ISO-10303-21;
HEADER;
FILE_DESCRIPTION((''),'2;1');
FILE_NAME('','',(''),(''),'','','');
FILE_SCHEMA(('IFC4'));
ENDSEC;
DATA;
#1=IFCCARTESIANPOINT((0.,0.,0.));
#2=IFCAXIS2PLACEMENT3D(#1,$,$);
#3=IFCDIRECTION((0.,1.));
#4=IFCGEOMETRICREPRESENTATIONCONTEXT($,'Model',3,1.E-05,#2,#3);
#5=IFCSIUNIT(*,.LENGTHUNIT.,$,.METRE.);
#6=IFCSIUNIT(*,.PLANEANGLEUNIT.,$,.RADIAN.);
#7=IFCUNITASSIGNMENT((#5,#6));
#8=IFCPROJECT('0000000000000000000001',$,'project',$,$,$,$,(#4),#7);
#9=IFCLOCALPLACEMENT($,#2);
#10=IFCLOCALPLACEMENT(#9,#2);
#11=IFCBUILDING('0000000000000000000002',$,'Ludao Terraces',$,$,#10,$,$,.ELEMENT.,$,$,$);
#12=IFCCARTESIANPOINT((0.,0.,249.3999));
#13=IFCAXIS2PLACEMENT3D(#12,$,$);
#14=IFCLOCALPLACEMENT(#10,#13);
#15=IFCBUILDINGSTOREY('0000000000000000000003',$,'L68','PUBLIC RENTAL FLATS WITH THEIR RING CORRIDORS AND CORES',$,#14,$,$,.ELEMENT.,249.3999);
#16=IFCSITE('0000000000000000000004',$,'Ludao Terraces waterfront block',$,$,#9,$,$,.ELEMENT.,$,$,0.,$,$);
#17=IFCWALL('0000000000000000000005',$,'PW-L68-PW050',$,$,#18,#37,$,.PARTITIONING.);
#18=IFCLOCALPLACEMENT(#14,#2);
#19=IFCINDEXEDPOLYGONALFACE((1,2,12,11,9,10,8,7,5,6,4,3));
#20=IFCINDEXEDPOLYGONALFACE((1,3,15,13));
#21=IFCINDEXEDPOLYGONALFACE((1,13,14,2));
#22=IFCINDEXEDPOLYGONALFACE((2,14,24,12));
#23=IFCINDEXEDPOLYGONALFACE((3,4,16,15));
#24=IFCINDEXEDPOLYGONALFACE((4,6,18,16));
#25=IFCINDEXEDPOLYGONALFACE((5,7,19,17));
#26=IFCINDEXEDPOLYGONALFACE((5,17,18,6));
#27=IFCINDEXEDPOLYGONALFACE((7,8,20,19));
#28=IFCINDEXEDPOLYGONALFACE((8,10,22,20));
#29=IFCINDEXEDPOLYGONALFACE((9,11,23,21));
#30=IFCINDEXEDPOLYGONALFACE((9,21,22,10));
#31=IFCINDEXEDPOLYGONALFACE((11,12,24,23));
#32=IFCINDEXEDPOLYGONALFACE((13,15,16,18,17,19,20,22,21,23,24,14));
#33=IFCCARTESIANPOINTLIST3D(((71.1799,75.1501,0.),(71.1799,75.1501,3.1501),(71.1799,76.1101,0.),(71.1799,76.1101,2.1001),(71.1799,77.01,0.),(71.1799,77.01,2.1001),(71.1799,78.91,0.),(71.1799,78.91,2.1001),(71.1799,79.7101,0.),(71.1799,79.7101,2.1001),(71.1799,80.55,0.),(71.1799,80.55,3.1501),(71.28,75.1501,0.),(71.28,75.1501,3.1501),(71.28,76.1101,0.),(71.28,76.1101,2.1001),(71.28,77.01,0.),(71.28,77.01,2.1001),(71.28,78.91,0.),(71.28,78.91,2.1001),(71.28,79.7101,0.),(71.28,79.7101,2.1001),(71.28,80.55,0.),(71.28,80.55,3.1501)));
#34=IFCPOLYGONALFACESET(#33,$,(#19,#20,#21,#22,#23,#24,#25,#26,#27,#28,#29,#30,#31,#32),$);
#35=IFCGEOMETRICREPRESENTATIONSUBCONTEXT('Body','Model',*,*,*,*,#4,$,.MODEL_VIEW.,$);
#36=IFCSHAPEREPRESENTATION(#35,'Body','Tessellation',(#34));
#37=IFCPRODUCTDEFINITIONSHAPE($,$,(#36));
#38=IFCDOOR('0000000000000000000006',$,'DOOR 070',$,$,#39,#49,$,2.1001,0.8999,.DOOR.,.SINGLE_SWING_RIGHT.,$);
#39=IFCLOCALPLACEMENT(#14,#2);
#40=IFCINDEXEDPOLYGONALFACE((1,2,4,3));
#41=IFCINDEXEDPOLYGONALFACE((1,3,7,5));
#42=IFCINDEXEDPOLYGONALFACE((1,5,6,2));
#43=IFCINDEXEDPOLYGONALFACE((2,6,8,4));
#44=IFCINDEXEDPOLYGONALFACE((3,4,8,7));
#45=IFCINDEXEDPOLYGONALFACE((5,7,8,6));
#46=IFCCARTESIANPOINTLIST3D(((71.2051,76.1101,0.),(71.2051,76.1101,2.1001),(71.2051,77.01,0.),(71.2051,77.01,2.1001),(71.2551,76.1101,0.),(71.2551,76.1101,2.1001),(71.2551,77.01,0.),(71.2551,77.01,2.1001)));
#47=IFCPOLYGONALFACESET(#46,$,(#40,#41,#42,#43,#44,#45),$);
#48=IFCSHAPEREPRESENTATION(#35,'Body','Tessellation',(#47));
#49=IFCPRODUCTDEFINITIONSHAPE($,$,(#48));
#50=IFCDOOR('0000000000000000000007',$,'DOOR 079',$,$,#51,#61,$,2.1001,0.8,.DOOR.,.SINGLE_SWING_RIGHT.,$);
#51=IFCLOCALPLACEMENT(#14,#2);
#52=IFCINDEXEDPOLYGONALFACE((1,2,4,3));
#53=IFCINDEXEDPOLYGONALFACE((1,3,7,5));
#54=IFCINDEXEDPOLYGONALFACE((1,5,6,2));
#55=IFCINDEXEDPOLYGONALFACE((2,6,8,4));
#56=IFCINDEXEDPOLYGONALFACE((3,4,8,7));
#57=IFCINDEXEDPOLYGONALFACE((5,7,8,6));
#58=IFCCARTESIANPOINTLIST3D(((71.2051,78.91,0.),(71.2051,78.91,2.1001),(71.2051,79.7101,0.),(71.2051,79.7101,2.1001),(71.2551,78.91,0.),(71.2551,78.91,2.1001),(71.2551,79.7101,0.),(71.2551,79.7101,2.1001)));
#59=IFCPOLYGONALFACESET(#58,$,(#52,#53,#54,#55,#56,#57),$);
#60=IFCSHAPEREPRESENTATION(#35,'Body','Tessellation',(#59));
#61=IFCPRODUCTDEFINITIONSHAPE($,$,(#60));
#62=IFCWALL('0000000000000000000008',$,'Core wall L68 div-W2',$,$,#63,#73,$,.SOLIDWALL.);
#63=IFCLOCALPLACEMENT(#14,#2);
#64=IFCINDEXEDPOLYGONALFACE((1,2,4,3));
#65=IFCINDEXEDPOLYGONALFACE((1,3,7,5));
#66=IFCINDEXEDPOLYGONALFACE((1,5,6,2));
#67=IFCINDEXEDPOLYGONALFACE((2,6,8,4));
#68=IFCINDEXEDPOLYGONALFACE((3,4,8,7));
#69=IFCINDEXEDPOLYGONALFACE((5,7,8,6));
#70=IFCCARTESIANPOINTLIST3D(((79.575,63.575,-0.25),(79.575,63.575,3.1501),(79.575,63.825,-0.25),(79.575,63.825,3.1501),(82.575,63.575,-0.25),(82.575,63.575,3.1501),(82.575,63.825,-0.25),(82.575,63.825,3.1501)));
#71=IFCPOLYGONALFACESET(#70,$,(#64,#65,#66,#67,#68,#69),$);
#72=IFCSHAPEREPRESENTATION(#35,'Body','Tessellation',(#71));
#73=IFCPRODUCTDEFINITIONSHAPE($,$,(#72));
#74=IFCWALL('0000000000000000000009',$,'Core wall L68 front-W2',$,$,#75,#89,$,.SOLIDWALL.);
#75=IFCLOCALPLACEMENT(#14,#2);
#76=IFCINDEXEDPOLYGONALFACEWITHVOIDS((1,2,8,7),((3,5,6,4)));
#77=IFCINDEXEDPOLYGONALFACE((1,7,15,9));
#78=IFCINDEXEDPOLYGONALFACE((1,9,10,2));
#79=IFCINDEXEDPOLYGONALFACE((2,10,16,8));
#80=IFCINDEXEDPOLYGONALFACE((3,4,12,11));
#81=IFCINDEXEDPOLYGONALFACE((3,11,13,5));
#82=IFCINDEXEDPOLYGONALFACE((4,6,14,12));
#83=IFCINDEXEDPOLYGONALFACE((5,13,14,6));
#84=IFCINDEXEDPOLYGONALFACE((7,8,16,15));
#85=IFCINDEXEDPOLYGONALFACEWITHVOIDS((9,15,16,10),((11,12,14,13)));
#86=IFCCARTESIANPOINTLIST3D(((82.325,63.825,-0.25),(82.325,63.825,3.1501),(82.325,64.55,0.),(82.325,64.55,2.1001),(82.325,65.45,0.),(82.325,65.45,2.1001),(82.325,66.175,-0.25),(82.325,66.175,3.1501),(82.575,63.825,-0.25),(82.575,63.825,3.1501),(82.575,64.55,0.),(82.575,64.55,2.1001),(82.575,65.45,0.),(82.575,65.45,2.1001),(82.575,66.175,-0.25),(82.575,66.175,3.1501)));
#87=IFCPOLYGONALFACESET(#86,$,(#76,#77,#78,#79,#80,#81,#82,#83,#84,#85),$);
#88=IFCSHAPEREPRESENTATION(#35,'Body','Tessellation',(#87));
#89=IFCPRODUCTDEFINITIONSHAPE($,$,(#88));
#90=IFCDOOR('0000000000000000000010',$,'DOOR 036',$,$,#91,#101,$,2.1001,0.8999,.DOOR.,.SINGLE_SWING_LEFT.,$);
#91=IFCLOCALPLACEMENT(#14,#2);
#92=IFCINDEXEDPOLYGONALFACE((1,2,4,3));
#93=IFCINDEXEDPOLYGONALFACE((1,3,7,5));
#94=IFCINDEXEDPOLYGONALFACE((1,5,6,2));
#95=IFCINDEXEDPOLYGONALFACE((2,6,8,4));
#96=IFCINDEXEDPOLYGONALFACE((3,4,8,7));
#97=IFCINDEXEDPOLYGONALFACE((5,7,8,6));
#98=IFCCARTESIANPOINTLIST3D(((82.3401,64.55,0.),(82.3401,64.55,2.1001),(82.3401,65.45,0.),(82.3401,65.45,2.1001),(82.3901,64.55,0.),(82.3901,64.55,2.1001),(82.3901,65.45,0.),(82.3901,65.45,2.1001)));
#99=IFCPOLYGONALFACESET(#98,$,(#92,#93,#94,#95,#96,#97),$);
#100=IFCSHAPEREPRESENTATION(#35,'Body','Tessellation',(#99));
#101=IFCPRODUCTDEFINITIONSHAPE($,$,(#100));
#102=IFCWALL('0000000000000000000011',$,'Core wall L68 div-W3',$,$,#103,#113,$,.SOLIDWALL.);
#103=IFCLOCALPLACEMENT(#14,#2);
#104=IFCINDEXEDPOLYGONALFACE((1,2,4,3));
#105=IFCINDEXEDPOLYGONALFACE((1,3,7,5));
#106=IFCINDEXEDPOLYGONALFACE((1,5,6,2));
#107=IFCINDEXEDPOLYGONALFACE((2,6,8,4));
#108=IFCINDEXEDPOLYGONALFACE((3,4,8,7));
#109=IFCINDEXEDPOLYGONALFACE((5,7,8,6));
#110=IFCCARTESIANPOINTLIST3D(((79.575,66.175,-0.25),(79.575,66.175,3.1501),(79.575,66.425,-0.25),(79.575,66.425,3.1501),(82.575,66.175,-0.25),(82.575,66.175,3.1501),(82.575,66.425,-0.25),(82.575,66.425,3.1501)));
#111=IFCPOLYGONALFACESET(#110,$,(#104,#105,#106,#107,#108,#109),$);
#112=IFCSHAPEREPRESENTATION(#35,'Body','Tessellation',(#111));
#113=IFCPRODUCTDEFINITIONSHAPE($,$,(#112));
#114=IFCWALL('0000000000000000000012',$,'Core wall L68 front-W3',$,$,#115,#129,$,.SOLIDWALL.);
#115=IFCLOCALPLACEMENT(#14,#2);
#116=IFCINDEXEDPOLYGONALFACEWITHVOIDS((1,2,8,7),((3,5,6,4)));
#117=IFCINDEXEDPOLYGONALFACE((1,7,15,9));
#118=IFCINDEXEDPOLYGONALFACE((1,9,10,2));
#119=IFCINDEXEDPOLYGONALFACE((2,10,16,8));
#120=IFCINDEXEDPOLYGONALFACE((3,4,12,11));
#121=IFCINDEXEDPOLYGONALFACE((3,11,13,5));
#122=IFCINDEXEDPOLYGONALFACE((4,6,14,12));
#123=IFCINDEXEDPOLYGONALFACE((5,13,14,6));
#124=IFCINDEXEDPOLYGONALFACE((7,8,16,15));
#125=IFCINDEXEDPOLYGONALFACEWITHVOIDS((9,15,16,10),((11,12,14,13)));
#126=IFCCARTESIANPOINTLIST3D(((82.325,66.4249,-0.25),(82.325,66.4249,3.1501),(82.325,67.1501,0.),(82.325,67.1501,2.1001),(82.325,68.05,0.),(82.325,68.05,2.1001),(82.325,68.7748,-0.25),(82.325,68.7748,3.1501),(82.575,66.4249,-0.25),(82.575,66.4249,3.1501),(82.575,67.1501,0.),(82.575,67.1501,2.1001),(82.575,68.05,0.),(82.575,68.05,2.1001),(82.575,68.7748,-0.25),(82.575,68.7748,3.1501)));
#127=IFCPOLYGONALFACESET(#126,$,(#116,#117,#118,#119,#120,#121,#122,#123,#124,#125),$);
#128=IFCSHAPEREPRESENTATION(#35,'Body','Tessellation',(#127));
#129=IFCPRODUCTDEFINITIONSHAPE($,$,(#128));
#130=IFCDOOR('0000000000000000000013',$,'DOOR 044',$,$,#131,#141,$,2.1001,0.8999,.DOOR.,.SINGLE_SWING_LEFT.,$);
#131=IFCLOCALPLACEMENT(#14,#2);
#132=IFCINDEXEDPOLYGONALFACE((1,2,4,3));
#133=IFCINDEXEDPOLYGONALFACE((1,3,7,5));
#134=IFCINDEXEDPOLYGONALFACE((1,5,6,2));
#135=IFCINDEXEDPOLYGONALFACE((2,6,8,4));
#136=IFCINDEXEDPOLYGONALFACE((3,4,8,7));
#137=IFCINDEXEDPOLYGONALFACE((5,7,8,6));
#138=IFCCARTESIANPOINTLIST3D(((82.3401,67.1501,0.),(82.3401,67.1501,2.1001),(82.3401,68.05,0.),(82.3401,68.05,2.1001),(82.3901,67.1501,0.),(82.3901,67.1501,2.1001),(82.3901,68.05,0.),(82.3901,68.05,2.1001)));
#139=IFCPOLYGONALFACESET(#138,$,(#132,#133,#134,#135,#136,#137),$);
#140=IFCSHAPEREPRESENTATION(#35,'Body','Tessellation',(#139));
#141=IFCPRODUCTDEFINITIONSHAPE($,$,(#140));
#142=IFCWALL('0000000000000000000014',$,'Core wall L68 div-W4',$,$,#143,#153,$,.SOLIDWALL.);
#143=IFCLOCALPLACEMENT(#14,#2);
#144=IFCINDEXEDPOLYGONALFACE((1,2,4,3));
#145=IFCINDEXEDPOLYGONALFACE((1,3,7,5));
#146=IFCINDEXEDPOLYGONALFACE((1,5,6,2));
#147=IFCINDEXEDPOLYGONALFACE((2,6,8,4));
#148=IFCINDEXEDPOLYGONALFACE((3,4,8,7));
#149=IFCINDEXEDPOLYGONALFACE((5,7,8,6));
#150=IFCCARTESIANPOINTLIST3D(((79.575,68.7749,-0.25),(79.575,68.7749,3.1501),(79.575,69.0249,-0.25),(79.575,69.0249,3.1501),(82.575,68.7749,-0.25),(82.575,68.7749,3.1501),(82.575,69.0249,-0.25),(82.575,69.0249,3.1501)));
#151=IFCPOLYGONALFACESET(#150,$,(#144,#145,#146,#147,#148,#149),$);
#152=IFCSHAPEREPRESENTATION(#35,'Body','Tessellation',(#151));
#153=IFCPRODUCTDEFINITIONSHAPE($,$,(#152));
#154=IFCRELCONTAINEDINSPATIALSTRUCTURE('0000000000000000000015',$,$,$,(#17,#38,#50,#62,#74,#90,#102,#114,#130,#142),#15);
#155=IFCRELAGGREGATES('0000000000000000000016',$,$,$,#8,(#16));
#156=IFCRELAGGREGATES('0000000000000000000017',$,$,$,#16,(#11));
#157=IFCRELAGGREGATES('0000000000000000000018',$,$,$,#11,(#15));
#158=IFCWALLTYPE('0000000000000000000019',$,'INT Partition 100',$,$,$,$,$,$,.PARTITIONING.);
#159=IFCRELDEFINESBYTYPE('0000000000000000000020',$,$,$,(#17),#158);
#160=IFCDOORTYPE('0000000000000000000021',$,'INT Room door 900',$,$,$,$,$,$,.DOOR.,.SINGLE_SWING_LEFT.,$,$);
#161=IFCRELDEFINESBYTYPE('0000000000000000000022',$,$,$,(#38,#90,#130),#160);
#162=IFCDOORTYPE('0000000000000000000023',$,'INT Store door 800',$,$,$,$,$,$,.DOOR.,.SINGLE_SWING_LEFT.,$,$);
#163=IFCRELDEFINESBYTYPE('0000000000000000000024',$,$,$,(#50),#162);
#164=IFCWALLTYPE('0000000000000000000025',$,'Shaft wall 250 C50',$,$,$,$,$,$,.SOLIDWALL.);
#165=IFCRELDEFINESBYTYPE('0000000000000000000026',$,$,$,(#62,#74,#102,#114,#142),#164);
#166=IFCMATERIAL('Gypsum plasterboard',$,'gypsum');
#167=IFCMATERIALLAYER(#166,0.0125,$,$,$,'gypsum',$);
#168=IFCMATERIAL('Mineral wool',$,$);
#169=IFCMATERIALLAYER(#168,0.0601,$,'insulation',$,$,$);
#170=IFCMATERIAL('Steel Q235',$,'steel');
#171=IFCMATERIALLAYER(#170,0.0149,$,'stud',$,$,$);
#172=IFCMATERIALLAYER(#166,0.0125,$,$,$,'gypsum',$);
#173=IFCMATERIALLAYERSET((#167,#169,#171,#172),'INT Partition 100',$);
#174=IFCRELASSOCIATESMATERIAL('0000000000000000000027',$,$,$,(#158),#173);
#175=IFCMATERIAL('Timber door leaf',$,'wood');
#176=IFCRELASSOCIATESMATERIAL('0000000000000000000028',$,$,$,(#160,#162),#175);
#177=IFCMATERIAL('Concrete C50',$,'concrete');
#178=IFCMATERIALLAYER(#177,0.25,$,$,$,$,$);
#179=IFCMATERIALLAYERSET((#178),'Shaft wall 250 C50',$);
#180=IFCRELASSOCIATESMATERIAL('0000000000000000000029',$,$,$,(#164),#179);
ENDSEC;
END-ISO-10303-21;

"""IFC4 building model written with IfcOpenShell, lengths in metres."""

from ifc_helpers import new_model, si_unit, direction, frame, frame_2d, origin, place, context, subcontext, project, spatial, rectangle, extrude, material, layer, layer_set, type_object, element, fill, save


model = new_model("IFC4")

# Units and contexts
model_context = context("Model", 3, precision=1e-05, world=origin(), true_north=direction((0.0, 1.0)))
body_context = subcontext(model_context, "Body", "Model", "MODEL_VIEW")
ifc_project = project(units=[si_unit("LENGTHUNIT", "METRE"), si_unit("PLANEANGLEUNIT", "RADIAN")], contexts=[model_context])

# Site, building, storey
site_placement = place(None, origin())
site = spatial("IfcSite", under=ifc_project, at=site_placement, Name="Ludao Terraces waterfront block", CompositionType="ELEMENT", RefElevation=0.0)
building_placement = place(site_placement, origin())
building = spatial("IfcBuilding", under=site, at=building_placement, Name="Ludao Terraces", CompositionType="ELEMENT")
storey_placement = place(building_placement, frame((0.0, 0.0, 249.3999)))
storey = spatial("IfcBuildingStorey", under=building, at=storey_placement, Name="L68", Description="PUBLIC RENTAL FLATS WITH THEIR RING CORRIDORS AND CORES", CompositionType="ELEMENT", Elevation=249.3999)

# Shared definitions
ifc_material_1 = material(Name="Mineral wool")
ifc_material_2 = material(Name="Steel Q235", Category="steel")
ifc_material_3 = material(Name="Gypsum plasterboard", Category="gypsum")
ifc_layer_1 = layer(ifc_material_3, 0.0125, Category="gypsum")
ifc_layer_2 = layer(ifc_material_1, 0.0601, Name="insulation")
ifc_layer_3 = layer(ifc_material_2, 0.0149, Name="stud")
ifc_layer_4 = layer(ifc_material_3, 0.0125, Category="gypsum")
ifc_layer_set_1 = layer_set([ifc_layer_1, ifc_layer_2, ifc_layer_3, ifc_layer_4], Name="INT Partition 100")
wall_type_1 = type_object("IfcWallType", Name="INT Partition 100", PredefinedType="PARTITIONING", material=ifc_layer_set_1)

# Wall, openings, doors
ifc_material_4 = material(Name="Timber door leaf", Category="wood")
door_type_1 = type_object("IfcDoorType", Name="INT Room door 900", OperationType="SINGLE_SWING_LEFT", PredefinedType="DOOR", material=ifc_material_4)
wall_1_placement = place(storey_placement, frame((71.23, 75.1501, 0.0), z_axis=(0.0, 0.0, 1.0), x_axis=(0.0, 1.0, 0.0)))
wall_1 = element("IfcWall", 1, at=wall_1_placement, inside=storey, type_object=wall_type_1, Name="PW-L68-PW050", PredefinedType="PARTITIONING", context=body_context, shape_type="SweptSolid", body=[
    extrude(rectangle(XDim=5.3999, YDim=0.1001, at=frame_2d((2.7, 0.0))), origin(), (0.0, 0.0, 1.0), 3.1501),
])
opening_1_placement = place(wall_1_placement, frame((0.96, 0.0, 0.0)))
opening_1 = element("IfcOpeningElement", 2, at=opening_1_placement, cuts=wall_1, PredefinedType="OPENING", context=body_context, shape_type="SweptSolid", body=[
    extrude(rectangle(XDim=0.8999, YDim=2.1001, at=frame_2d((0.45, 1.05))), frame((0.0, 0.0601, 0.0), z_axis=(0.0, -1.0, 0.0), x_axis=(1.0, 0.0, 0.0)), (0.0, 0.0, 1.0), 0.1201),
])
opening_2_placement = place(wall_1_placement, frame((3.76, 0.0, 0.0)))
opening_2 = element("IfcOpeningElement", 3, at=opening_2_placement, cuts=wall_1, PredefinedType="OPENING", context=body_context, shape_type="SweptSolid", body=[
    extrude(rectangle(XDim=0.8, YDim=2.1001, at=frame_2d((0.3999, 1.05))), frame((0.0, 0.0601, 0.0), z_axis=(0.0, -1.0, 0.0), x_axis=(1.0, 0.0, 0.0)), (0.0, 0.0, 1.0), 0.1201),
])
door_1_placement = place(opening_1_placement, origin())
door_1 = element("IfcDoor", 4, at=door_1_placement, inside=storey, type_object=door_type_1, Name="DOOR 070", OperationType="SINGLE_SWING_RIGHT", OverallHeight=2.1001, OverallWidth=0.8999, PredefinedType="DOOR", context=body_context, shape_type="SweptSolid", body=[
    extrude(rectangle(XDim=0.8999, YDim=2.1001, at=frame_2d((0.45, 1.05))), frame((0.0, 0.0249, 0.0), z_axis=(0.0, -1.0, 0.0), x_axis=(1.0, 0.0, 0.0)), (0.0, 0.0, 1.0), 0.05),
])
fill(opening_1, door_1)
door_type_2 = type_object("IfcDoorType", Name="INT Store door 800", OperationType="SINGLE_SWING_LEFT", PredefinedType="DOOR", material=ifc_material_4)
door_2_placement = place(opening_2_placement, origin())
door_2 = element("IfcDoor", 5, at=door_2_placement, inside=storey, type_object=door_type_2, Name="DOOR 079", OperationType="SINGLE_SWING_RIGHT", OverallHeight=2.1001, OverallWidth=0.8, PredefinedType="DOOR", context=body_context, shape_type="SweptSolid", body=[
    extrude(rectangle(XDim=0.8, YDim=2.1001, at=frame_2d((0.3999, 1.05))), frame((0.0, 0.0249, 0.0), z_axis=(0.0, -1.0, 0.0), x_axis=(1.0, 0.0, 0.0)), (0.0, 0.0, 1.0), 0.05),
])
fill(opening_2, door_2)

# Wall
ifc_material_5 = material(Name="Concrete C50", Category="concrete")
ifc_layer_5 = layer(ifc_material_5, 0.25)
ifc_layer_set_2 = layer_set([ifc_layer_5], Name="Shaft wall 250 C50")
wall_type_2 = type_object("IfcWallType", Name="Shaft wall 250 C50", PredefinedType="SOLIDWALL", material=ifc_layer_set_2)
wall_2_placement = place(storey_placement, frame((79.575, 63.7, -0.25), z_axis=(0.0, 0.0, 1.0), x_axis=(1.0, 0.0, 0.0)))
element("IfcWall", 6, at=wall_2_placement, inside=storey, type_object=wall_type_2, Name="Core wall L68 div-W2", PredefinedType="SOLIDWALL", context=body_context, shape_type="SweptSolid", body=[
    extrude(rectangle(XDim=3.0, YDim=0.25, at=frame_2d((1.5, 0.0))), origin(), (0.0, 0.0, 1.0), 3.4001),
])

# Wall, opening, door
wall_3_placement = place(storey_placement, frame((82.45, 63.825, -0.25), z_axis=(0.0, 0.0, 1.0), x_axis=(0.0, 1.0, 0.0)))
wall_3 = element("IfcWall", 7, at=wall_3_placement, inside=storey, type_object=wall_type_2, Name="Core wall L68 front-W2", PredefinedType="SOLIDWALL", context=body_context, shape_type="SweptSolid", body=[
    extrude(rectangle(XDim=2.3501, YDim=0.25, at=frame_2d((1.175, 0.0))), origin(), (0.0, 0.0, 1.0), 3.4001),
])
opening_3_placement = place(wall_3_placement, frame((0.7251, 0.0, 0.25)))
opening_3 = element("IfcOpeningElement", 8, at=opening_3_placement, cuts=wall_3, PredefinedType="OPENING", context=body_context, shape_type="SweptSolid", body=[
    extrude(rectangle(XDim=0.8999, YDim=2.1001, at=frame_2d((0.45, 1.05))), frame((0.0, 0.135, 0.0), z_axis=(0.0, -1.0, 0.0), x_axis=(1.0, 0.0, 0.0)), (0.0, 0.0, 1.0), 0.27),
])
door_3_placement = place(opening_3_placement, origin())
door_3 = element("IfcDoor", 9, at=door_3_placement, inside=storey, type_object=door_type_1, Name="DOOR 036", OperationType="SINGLE_SWING_LEFT", OverallHeight=2.1001, OverallWidth=0.8999, PredefinedType="DOOR", context=body_context, shape_type="SweptSolid", body=[
    extrude(rectangle(XDim=0.8999, YDim=2.1001, at=frame_2d((0.45, 1.05))), frame((0.0, 0.1099, 0.0), z_axis=(0.0, -1.0, 0.0), x_axis=(1.0, 0.0, 0.0)), (0.0, 0.0, 1.0), 0.05),
])
fill(opening_3, door_3)

# Wall
wall_4_placement = place(storey_placement, frame((79.575, 66.3, -0.25), z_axis=(0.0, 0.0, 1.0), x_axis=(1.0, 0.0, 0.0)))
element("IfcWall", 10, at=wall_4_placement, inside=storey, type_object=wall_type_2, Name="Core wall L68 div-W3", PredefinedType="SOLIDWALL", context=body_context, shape_type="SweptSolid", body=[
    extrude(rectangle(XDim=3.0, YDim=0.25, at=frame_2d((1.5, 0.0))), origin(), (0.0, 0.0, 1.0), 3.4001),
])

# Wall, opening, door
wall_5_placement = place(storey_placement, frame((82.45, 66.425, -0.25), z_axis=(0.0, 0.0, 1.0), x_axis=(0.0, 1.0, 0.0)))
wall_5 = element("IfcWall", 11, at=wall_5_placement, inside=storey, type_object=wall_type_2, Name="Core wall L68 front-W3", PredefinedType="SOLIDWALL", context=body_context, shape_type="SweptSolid", body=[
    extrude(rectangle(XDim=2.3499, YDim=0.25, at=frame_2d((1.1748, 0.0))), origin(), (0.0, 0.0, 1.0), 3.4001),
])
opening_4_placement = place(wall_5_placement, frame((0.7251, 0.0, 0.25)))
opening_4 = element("IfcOpeningElement", 12, at=opening_4_placement, cuts=wall_5, PredefinedType="OPENING", context=body_context, shape_type="SweptSolid", body=[
    extrude(rectangle(XDim=0.8999, YDim=2.1001, at=frame_2d((0.45, 1.05))), frame((0.0, 0.135, 0.0), z_axis=(0.0, -1.0, 0.0), x_axis=(1.0, 0.0, 0.0)), (0.0, 0.0, 1.0), 0.27),
])
door_4_placement = place(opening_4_placement, origin())
door_4 = element("IfcDoor", 13, at=door_4_placement, inside=storey, type_object=door_type_1, Name="DOOR 044", OperationType="SINGLE_SWING_LEFT", OverallHeight=2.1001, OverallWidth=0.8999, PredefinedType="DOOR", context=body_context, shape_type="SweptSolid", body=[
    extrude(rectangle(XDim=0.8999, YDim=2.1001, at=frame_2d((0.45, 1.05))), frame((0.0, 0.1099, 0.0), z_axis=(0.0, -1.0, 0.0), x_axis=(1.0, 0.0, 0.0)), (0.0, 0.0, 1.0), 0.05),
])
fill(opening_4, door_4)

# Wall
wall_6_placement = place(storey_placement, frame((79.575, 68.8999, -0.25), z_axis=(0.0, 0.0, 1.0), x_axis=(1.0, 0.0, 0.0)))
element("IfcWall", 14, at=wall_6_placement, inside=storey, type_object=wall_type_2, Name="Core wall L68 div-W4", PredefinedType="SOLIDWALL", context=body_context, shape_type="SweptSolid", body=[
    extrude(rectangle(XDim=3.0, YDim=0.25, at=frame_2d((1.5, 0.0))), origin(), (0.0, 0.0, 1.0), 3.4001),
])

save(model, "model.ifc")
